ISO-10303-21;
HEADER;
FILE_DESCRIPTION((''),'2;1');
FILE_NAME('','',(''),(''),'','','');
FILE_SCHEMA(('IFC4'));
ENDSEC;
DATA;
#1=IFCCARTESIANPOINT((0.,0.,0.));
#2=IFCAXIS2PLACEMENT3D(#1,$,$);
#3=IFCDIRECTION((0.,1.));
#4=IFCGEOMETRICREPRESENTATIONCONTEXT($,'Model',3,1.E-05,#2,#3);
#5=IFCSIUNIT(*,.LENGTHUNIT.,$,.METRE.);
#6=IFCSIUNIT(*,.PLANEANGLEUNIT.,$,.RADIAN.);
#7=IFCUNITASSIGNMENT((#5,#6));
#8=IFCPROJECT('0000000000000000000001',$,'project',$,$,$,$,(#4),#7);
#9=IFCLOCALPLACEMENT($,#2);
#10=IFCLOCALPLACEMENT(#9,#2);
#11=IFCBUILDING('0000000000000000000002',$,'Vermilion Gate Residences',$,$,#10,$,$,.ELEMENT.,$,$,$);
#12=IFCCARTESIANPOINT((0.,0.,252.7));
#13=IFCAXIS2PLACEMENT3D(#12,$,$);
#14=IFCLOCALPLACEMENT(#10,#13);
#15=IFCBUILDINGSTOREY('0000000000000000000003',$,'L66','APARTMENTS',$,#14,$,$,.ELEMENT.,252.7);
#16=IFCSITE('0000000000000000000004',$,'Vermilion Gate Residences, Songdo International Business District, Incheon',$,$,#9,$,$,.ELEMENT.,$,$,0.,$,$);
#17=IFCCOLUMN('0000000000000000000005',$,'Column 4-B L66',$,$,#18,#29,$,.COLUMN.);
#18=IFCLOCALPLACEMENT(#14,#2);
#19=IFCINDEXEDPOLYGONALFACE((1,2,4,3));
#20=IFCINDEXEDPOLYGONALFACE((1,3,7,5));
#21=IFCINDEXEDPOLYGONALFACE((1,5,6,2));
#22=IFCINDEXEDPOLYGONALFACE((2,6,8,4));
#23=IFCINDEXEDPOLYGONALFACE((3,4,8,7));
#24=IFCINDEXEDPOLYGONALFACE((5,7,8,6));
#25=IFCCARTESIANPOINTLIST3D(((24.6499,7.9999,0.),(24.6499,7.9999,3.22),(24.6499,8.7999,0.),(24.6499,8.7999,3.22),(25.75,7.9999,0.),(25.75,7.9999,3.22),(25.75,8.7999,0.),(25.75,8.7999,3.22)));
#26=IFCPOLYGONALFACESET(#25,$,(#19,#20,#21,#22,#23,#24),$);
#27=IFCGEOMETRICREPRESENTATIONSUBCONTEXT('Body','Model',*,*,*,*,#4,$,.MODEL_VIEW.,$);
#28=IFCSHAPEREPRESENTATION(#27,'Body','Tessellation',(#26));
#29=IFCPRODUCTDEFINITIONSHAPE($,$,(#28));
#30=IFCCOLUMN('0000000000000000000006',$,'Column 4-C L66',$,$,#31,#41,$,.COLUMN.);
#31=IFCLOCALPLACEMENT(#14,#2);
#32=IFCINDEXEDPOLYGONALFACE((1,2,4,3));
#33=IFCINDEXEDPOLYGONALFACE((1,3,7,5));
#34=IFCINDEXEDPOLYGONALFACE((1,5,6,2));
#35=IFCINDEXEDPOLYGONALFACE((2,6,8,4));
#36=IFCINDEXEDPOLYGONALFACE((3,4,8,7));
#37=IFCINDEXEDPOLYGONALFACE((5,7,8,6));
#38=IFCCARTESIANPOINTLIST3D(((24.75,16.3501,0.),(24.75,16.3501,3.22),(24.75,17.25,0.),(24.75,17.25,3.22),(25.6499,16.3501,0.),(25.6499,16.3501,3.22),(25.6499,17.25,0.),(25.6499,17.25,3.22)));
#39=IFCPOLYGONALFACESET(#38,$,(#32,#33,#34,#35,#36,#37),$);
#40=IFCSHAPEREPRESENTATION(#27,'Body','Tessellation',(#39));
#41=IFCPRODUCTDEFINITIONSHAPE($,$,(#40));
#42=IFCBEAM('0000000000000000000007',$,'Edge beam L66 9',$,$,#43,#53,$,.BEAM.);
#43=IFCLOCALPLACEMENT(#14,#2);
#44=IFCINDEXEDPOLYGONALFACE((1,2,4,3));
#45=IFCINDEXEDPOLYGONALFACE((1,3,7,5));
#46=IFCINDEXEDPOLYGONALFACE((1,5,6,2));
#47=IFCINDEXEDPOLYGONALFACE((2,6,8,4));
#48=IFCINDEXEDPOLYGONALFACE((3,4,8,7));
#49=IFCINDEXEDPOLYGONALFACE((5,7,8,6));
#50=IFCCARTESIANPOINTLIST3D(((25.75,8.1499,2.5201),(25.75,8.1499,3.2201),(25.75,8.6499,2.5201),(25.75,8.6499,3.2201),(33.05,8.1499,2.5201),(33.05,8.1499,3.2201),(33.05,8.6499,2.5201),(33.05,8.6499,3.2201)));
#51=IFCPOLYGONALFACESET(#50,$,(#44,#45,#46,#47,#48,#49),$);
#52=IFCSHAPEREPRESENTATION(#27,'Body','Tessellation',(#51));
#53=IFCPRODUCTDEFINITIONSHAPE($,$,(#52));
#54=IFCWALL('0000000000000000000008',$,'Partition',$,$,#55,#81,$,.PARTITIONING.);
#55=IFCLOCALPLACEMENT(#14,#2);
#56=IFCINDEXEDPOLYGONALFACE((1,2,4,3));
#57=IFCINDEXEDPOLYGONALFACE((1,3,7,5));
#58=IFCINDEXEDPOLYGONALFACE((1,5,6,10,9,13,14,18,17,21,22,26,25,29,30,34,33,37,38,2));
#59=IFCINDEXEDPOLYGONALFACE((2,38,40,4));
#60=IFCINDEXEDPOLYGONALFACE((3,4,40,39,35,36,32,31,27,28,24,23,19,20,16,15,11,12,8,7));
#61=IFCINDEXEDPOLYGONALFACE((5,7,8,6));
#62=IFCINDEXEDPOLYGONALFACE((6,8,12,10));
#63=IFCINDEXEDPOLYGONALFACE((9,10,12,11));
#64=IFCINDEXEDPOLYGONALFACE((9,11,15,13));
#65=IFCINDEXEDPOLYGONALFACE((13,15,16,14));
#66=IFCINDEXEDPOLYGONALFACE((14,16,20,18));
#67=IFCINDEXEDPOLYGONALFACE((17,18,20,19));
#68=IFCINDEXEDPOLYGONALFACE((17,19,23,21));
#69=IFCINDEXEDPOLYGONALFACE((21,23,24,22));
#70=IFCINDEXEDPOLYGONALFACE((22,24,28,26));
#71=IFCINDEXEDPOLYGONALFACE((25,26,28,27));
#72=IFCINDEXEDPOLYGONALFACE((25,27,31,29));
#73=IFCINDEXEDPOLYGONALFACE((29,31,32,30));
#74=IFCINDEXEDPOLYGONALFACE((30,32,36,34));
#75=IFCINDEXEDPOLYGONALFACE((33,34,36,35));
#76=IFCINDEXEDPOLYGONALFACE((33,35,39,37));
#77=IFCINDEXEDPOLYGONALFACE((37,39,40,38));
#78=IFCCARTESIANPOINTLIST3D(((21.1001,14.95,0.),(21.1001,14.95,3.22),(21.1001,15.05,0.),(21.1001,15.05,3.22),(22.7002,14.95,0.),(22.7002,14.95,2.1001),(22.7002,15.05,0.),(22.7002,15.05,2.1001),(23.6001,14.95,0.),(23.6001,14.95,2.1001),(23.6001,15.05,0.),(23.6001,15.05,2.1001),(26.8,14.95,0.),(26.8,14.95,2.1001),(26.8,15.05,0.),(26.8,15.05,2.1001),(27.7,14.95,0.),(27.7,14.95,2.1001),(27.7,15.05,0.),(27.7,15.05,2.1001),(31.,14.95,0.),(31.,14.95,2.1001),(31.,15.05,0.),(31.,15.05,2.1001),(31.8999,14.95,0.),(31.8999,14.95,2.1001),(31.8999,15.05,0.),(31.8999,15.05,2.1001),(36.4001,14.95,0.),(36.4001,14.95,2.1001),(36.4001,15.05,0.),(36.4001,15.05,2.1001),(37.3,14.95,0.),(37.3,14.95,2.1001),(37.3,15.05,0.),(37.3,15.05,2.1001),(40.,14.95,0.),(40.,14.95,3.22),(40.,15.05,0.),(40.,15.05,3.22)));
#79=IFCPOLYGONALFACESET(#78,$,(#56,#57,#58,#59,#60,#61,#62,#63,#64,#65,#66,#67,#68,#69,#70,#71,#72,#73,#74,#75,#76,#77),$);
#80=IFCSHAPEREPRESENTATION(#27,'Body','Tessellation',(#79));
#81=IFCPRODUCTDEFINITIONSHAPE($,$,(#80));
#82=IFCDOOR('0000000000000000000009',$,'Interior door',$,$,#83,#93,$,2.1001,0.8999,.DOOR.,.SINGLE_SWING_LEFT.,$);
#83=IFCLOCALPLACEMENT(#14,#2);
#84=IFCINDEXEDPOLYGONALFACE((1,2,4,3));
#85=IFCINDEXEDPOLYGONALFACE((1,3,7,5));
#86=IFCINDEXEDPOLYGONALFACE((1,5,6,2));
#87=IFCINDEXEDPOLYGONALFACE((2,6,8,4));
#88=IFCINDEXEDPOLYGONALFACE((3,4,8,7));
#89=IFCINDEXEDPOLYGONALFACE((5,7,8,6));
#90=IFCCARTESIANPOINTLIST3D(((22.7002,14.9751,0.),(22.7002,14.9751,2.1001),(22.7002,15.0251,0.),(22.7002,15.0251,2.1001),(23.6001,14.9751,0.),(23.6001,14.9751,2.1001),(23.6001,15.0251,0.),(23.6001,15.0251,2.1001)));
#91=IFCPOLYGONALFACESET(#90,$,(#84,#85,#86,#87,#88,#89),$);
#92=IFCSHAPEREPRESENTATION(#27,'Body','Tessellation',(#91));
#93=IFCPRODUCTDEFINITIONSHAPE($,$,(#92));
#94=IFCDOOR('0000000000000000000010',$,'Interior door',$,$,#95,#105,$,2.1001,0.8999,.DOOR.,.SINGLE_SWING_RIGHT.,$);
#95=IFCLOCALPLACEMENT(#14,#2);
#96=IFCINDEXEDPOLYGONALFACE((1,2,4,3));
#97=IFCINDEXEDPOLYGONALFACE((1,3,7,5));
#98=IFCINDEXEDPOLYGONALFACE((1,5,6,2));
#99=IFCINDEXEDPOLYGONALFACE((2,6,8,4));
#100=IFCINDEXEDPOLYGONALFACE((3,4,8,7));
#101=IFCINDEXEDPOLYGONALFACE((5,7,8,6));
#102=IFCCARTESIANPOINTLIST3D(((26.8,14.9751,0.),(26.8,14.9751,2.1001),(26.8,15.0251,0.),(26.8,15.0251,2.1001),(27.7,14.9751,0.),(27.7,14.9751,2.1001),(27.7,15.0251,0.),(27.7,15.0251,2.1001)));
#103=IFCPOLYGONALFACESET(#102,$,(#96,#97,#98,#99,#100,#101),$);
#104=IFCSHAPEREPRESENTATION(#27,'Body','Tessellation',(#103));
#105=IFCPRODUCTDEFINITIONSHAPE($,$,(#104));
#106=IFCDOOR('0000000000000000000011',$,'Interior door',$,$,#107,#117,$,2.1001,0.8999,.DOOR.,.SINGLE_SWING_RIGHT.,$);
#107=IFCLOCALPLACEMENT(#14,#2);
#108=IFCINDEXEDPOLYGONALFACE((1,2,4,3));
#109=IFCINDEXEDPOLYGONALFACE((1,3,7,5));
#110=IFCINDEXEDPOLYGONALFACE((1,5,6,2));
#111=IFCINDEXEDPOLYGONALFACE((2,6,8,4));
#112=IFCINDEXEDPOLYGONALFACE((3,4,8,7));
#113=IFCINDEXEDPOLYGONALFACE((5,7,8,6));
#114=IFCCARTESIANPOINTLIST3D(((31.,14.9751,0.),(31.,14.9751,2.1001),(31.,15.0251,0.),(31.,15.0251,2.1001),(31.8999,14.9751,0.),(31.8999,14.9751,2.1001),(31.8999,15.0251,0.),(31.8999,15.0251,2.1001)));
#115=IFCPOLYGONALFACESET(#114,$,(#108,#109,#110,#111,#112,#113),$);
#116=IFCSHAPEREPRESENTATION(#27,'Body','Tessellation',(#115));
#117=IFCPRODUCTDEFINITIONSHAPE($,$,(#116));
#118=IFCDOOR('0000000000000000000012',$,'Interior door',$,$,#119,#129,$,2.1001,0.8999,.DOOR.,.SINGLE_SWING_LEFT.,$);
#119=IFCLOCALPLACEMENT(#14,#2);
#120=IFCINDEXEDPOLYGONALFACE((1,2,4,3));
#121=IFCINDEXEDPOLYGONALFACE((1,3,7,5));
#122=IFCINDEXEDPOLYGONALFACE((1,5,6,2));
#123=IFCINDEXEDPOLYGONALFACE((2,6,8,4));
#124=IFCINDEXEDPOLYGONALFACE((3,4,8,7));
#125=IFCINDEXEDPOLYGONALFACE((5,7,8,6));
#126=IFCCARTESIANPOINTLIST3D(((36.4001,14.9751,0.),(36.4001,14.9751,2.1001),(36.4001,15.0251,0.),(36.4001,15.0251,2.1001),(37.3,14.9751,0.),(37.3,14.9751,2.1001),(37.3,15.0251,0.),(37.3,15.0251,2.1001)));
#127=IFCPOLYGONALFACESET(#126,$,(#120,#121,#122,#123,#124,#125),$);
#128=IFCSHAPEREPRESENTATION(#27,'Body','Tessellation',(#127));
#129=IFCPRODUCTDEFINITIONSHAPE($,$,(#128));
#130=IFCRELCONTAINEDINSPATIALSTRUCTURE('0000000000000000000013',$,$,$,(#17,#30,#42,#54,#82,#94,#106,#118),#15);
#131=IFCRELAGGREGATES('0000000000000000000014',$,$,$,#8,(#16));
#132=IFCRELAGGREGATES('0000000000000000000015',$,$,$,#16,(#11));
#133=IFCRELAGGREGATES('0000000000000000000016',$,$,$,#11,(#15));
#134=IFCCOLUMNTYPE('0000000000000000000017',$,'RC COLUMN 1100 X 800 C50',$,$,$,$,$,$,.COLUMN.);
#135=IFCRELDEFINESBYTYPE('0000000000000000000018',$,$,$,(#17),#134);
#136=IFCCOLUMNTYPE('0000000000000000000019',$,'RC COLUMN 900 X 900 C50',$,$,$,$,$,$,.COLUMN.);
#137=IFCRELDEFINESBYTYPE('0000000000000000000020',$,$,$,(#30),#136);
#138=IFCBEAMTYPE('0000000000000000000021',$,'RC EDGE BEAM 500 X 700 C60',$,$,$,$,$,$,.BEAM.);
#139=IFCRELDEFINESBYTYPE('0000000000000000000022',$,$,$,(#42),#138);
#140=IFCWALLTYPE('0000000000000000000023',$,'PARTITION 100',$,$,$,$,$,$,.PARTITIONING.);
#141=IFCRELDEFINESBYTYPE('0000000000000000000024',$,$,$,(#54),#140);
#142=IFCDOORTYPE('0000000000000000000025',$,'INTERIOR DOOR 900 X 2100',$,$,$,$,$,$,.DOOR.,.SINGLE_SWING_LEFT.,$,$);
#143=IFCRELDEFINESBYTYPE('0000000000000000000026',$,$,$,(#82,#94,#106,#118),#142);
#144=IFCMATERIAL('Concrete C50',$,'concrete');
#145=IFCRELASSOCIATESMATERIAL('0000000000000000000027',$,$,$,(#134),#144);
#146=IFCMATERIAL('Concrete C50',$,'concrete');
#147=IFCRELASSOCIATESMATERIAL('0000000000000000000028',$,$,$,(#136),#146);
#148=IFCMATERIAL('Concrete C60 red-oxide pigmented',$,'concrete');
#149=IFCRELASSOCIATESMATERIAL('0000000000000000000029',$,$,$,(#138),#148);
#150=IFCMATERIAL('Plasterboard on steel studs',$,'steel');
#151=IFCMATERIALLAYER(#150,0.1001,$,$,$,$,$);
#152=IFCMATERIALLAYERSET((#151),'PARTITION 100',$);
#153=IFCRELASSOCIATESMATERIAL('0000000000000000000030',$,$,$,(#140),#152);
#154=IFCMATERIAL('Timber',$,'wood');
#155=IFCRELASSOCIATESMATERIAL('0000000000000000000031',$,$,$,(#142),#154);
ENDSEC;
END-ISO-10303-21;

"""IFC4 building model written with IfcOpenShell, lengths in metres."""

from ifc_helpers import new_model, si_unit, direction, frame, frame_2d, origin, origin_2d, place, context, subcontext, project, spatial, rectangle, extrude, material, layer, layer_set, material_profile, profile_set, type_object, element, fill, save


model = new_model("IFC4")

# Units and contexts
model_context = context("Model", 3, precision=1e-05, world=origin(), true_north=direction((0.0, 1.0)))
body_context = subcontext(model_context, "Body", "Model", "MODEL_VIEW")
ifc_project = project(units=[si_unit("LENGTHUNIT", "METRE"), si_unit("PLANEANGLEUNIT", "RADIAN")], contexts=[model_context])

# Site, building, storey
site_placement = place(None, origin())
site = spatial("IfcSite", under=ifc_project, at=site_placement, Name="Vermilion Gate Residences, Songdo International Business District, Incheon", CompositionType="ELEMENT", RefElevation=0.0)
building_placement = place(site_placement, origin())
building = spatial("IfcBuilding", under=site, at=building_placement, Name="Vermilion Gate Residences", CompositionType="ELEMENT")
storey_placement = place(building_placement, frame((0.0, 0.0, 252.7)))
storey = spatial("IfcBuildingStorey", under=building, at=storey_placement, Name="L66", Description="APARTMENTS", CompositionType="ELEMENT", Elevation=252.7)

# Columns
ifc_material_1 = material(Name="Concrete C50", Category="concrete")
ifc_material_profile_1 = material_profile(ifc_material_1, rectangle(XDim=1.1001, YDim=0.8, at=origin_2d()), Name="RC-1100x800")
ifc_profile_set_1 = profile_set([ifc_material_profile_1], Name="Concrete C50")
column_type_1 = type_object("IfcColumnType", Name="RC COLUMN 1100 X 800 C50", PredefinedType="COLUMN", material=ifc_profile_set_1)
column_1_placement = place(storey_placement, frame((25.2, 8.3999, 0.0), z_axis=(0.0, 0.0, 1.0), x_axis=(1.0, 0.0, 0.0)))
element("IfcColumn", 1, at=column_1_placement, inside=storey, type_object=column_type_1, Name="Column 4-B L66", PredefinedType="COLUMN", context=body_context, shape_type="SweptSolid", body=[
    extrude(rectangle(XDim=1.1001, YDim=0.8, at=origin_2d()), origin(), (0.0, 0.0, 1.0), 3.22),
])
ifc_material_2 = material(Name="Concrete C50", Category="concrete")
ifc_material_profile_2 = material_profile(ifc_material_2, rectangle(XDim=0.8999, YDim=0.8999, at=origin_2d()), Name="RC-900x900")
ifc_profile_set_2 = profile_set([ifc_material_profile_2], Name="Concrete C50")
column_type_2 = type_object("IfcColumnType", Name="RC COLUMN 900 X 900 C50", PredefinedType="COLUMN", material=ifc_profile_set_2)
column_2_placement = place(storey_placement, frame((25.2, 16.8, 0.0), z_axis=(0.0, 0.0, 1.0), x_axis=(1.0, 0.0, 0.0)))
element("IfcColumn", 2, at=column_2_placement, inside=storey, type_object=column_type_2, Name="Column 4-C L66", PredefinedType="COLUMN", context=body_context, shape_type="SweptSolid", body=[
    extrude(rectangle(XDim=0.8999, YDim=0.8999, at=origin_2d()), origin(), (0.0, 0.0, 1.0), 3.22),
])

# Beam
ifc_material_3 = material(Name="Concrete C60 red-oxide pigmented", Category="concrete")
ifc_material_profile_3 = material_profile(ifc_material_3, rectangle(XDim=0.5, YDim=0.7, at=origin_2d()), Name="RC-500x700")
ifc_profile_set_3 = profile_set([ifc_material_profile_3], Name="Concrete C60 red-oxide pigmented")
beam_type = type_object("IfcBeamType", Name="RC EDGE BEAM 500 X 700 C60", PredefinedType="BEAM", material=ifc_profile_set_3)
beam_placement = place(storey_placement, frame((25.75, 8.3999, 2.8701), z_axis=(1.0, 0.0, 0.0), x_axis=(0.0, 1.0, 0.0)))
element("IfcBeam", 3, at=beam_placement, inside=storey, type_object=beam_type, Name="Edge beam L66 9", PredefinedType="BEAM", context=body_context, shape_type="SweptSolid", body=[
    extrude(rectangle(XDim=0.5, YDim=0.7, at=origin_2d()), origin(), (0.0, 0.0, 1.0), 7.3),
])

# Wall, openings, doors
ifc_material_4 = material(Name="Plasterboard on steel studs", Category="steel")
ifc_layer_1 = layer(ifc_material_4, 0.1001)
ifc_layer_set_1 = layer_set([ifc_layer_1], Name="PARTITION 100")
wall_type_1 = type_object("IfcWallType", Name="PARTITION 100", PredefinedType="PARTITIONING", material=ifc_layer_set_1)
wall_1_placement = place(storey_placement, frame((21.1001, 15.0, 0.0), z_axis=(0.0, 0.0, 1.0), x_axis=(1.0, 0.0, 0.0)))
wall_1 = element("IfcWall", 4, at=wall_1_placement, inside=storey, type_object=wall_type_1, Name="Partition", PredefinedType="PARTITIONING", context=body_context, shape_type="SweptSolid", body=[
    extrude(rectangle(XDim=18.8999, YDim=0.1001, at=frame_2d((9.45, 0.0))), origin(), (0.0, 0.0, 1.0), 3.22),
])
opening_1_placement = place(wall_1_placement, frame((1.6001, 0.0, 0.0)))
opening_1 = element("IfcOpeningElement", 5, at=opening_1_placement, cuts=wall_1, PredefinedType="OPENING", context=body_context, shape_type="SweptSolid", body=[
    extrude(rectangle(XDim=0.8999, YDim=2.1001, at=frame_2d((0.45, 1.05))), frame((0.0, 0.0601, 0.0), z_axis=(0.0, -1.0, 0.0), x_axis=(1.0, 0.0, 0.0)), (0.0, 0.0, 1.0), 0.1201),
])
opening_2_placement = place(wall_1_placement, frame((5.7, 0.0, 0.0)))
opening_2 = element("IfcOpeningElement", 6, at=opening_2_placement, cuts=wall_1, PredefinedType="OPENING", context=body_context, shape_type="SweptSolid", body=[
    extrude(rectangle(XDim=0.8999, YDim=2.1001, at=frame_2d((0.45, 1.05))), frame((0.0, 0.0601, 0.0), z_axis=(0.0, -1.0, 0.0), x_axis=(1.0, 0.0, 0.0)), (0.0, 0.0, 1.0), 0.1201),
])
opening_3_placement = place(wall_1_placement, frame((9.8999, 0.0, 0.0)))
opening_3 = element("IfcOpeningElement", 7, at=opening_3_placement, cuts=wall_1, PredefinedType="OPENING", context=body_context, shape_type="SweptSolid", body=[
    extrude(rectangle(XDim=0.8999, YDim=2.1001, at=frame_2d((0.45, 1.05))), frame((0.0, 0.0601, 0.0), z_axis=(0.0, -1.0, 0.0), x_axis=(1.0, 0.0, 0.0)), (0.0, 0.0, 1.0), 0.1201),
])
opening_4_placement = place(wall_1_placement, frame((15.3, 0.0, 0.0)))
opening_4 = element("IfcOpeningElement", 8, at=opening_4_placement, cuts=wall_1, PredefinedType="OPENING", context=body_context, shape_type="SweptSolid", body=[
    extrude(rectangle(XDim=0.8999, YDim=2.1001, at=frame_2d((0.45, 1.05))), frame((0.0, 0.0601, 0.0), z_axis=(0.0, -1.0, 0.0), x_axis=(1.0, 0.0, 0.0)), (0.0, 0.0, 1.0), 0.1201),
])
ifc_material_5 = material(Name="Timber", Category="wood")
door_type = type_object("IfcDoorType", Name="INTERIOR DOOR 900 X 2100", OperationType="SINGLE_SWING_LEFT", PredefinedType="DOOR", material=ifc_material_5)
door_1_placement = place(opening_1_placement, frame((0.8999, 0.0, 0.0), z_axis=(0.0, 0.0, 1.0), x_axis=(-1.0, 0.0, 0.0)))
door_1 = element("IfcDoor", 9, at=door_1_placement, inside=storey, type_object=door_type, Name="Interior door", OperationType="SINGLE_SWING_LEFT", OverallHeight=2.1001, OverallWidth=0.8999, PredefinedType="DOOR", context=body_context, shape_type="SweptSolid", body=[
    extrude(rectangle(XDim=0.8999, YDim=2.1001, at=frame_2d((0.45, 1.05))), frame((0.0, 0.0249, 0.0), z_axis=(0.0, -1.0, 0.0), x_axis=(1.0, 0.0, 0.0)), (0.0, 0.0, 1.0), 0.05),
])
fill(opening_1, door_1)
door_2_placement = place(opening_2_placement, frame((0.8999, 0.0, 0.0), z_axis=(0.0, 0.0, 1.0), x_axis=(-1.0, 0.0, 0.0)))
door_2 = element("IfcDoor", 10, at=door_2_placement, inside=storey, type_object=door_type, Name="Interior door", OperationType="SINGLE_SWING_RIGHT", OverallHeight=2.1001, OverallWidth=0.8999, PredefinedType="DOOR", context=body_context, shape_type="SweptSolid", body=[
    extrude(rectangle(XDim=0.8999, YDim=2.1001, at=frame_2d((0.45, 1.05))), frame((0.0, 0.0249, 0.0), z_axis=(0.0, -1.0, 0.0), x_axis=(1.0, 0.0, 0.0)), (0.0, 0.0, 1.0), 0.05),
])
fill(opening_2, door_2)
door_3_placement = place(opening_3_placement, frame((0.8999, 0.0, 0.0), z_axis=(0.0, 0.0, 1.0), x_axis=(-1.0, 0.0, 0.0)))
door_3 = element("IfcDoor", 11, at=door_3_placement, inside=storey, type_object=door_type, Name="Interior door", OperationType="SINGLE_SWING_RIGHT", OverallHeight=2.1001, OverallWidth=0.8999, PredefinedType="DOOR", context=body_context, shape_type="SweptSolid", body=[
    extrude(rectangle(XDim=0.8999, YDim=2.1001, at=frame_2d((0.45, 1.05))), frame((0.0, 0.0249, 0.0), z_axis=(0.0, -1.0, 0.0), x_axis=(1.0, 0.0, 0.0)), (0.0, 0.0, 1.0), 0.05),
])
fill(opening_3, door_3)
door_4_placement = place(opening_4_placement, frame((0.8999, 0.0, 0.0), z_axis=(0.0, 0.0, 1.0), x_axis=(-1.0, 0.0, 0.0)))
door_4 = element("IfcDoor", 12, at=door_4_placement, inside=storey, type_object=door_type, Name="Interior door", OperationType="SINGLE_SWING_LEFT", OverallHeight=2.1001, OverallWidth=0.8999, PredefinedType="DOOR", context=body_context, shape_type="SweptSolid", body=[
    extrude(rectangle(XDim=0.8999, YDim=2.1001, at=frame_2d((0.45, 1.05))), frame((0.0, 0.0249, 0.0), z_axis=(0.0, -1.0, 0.0), x_axis=(1.0, 0.0, 0.0)), (0.0, 0.0, 1.0), 0.05),
])
fill(opening_4, door_4)

save(model, "model.ifc")
